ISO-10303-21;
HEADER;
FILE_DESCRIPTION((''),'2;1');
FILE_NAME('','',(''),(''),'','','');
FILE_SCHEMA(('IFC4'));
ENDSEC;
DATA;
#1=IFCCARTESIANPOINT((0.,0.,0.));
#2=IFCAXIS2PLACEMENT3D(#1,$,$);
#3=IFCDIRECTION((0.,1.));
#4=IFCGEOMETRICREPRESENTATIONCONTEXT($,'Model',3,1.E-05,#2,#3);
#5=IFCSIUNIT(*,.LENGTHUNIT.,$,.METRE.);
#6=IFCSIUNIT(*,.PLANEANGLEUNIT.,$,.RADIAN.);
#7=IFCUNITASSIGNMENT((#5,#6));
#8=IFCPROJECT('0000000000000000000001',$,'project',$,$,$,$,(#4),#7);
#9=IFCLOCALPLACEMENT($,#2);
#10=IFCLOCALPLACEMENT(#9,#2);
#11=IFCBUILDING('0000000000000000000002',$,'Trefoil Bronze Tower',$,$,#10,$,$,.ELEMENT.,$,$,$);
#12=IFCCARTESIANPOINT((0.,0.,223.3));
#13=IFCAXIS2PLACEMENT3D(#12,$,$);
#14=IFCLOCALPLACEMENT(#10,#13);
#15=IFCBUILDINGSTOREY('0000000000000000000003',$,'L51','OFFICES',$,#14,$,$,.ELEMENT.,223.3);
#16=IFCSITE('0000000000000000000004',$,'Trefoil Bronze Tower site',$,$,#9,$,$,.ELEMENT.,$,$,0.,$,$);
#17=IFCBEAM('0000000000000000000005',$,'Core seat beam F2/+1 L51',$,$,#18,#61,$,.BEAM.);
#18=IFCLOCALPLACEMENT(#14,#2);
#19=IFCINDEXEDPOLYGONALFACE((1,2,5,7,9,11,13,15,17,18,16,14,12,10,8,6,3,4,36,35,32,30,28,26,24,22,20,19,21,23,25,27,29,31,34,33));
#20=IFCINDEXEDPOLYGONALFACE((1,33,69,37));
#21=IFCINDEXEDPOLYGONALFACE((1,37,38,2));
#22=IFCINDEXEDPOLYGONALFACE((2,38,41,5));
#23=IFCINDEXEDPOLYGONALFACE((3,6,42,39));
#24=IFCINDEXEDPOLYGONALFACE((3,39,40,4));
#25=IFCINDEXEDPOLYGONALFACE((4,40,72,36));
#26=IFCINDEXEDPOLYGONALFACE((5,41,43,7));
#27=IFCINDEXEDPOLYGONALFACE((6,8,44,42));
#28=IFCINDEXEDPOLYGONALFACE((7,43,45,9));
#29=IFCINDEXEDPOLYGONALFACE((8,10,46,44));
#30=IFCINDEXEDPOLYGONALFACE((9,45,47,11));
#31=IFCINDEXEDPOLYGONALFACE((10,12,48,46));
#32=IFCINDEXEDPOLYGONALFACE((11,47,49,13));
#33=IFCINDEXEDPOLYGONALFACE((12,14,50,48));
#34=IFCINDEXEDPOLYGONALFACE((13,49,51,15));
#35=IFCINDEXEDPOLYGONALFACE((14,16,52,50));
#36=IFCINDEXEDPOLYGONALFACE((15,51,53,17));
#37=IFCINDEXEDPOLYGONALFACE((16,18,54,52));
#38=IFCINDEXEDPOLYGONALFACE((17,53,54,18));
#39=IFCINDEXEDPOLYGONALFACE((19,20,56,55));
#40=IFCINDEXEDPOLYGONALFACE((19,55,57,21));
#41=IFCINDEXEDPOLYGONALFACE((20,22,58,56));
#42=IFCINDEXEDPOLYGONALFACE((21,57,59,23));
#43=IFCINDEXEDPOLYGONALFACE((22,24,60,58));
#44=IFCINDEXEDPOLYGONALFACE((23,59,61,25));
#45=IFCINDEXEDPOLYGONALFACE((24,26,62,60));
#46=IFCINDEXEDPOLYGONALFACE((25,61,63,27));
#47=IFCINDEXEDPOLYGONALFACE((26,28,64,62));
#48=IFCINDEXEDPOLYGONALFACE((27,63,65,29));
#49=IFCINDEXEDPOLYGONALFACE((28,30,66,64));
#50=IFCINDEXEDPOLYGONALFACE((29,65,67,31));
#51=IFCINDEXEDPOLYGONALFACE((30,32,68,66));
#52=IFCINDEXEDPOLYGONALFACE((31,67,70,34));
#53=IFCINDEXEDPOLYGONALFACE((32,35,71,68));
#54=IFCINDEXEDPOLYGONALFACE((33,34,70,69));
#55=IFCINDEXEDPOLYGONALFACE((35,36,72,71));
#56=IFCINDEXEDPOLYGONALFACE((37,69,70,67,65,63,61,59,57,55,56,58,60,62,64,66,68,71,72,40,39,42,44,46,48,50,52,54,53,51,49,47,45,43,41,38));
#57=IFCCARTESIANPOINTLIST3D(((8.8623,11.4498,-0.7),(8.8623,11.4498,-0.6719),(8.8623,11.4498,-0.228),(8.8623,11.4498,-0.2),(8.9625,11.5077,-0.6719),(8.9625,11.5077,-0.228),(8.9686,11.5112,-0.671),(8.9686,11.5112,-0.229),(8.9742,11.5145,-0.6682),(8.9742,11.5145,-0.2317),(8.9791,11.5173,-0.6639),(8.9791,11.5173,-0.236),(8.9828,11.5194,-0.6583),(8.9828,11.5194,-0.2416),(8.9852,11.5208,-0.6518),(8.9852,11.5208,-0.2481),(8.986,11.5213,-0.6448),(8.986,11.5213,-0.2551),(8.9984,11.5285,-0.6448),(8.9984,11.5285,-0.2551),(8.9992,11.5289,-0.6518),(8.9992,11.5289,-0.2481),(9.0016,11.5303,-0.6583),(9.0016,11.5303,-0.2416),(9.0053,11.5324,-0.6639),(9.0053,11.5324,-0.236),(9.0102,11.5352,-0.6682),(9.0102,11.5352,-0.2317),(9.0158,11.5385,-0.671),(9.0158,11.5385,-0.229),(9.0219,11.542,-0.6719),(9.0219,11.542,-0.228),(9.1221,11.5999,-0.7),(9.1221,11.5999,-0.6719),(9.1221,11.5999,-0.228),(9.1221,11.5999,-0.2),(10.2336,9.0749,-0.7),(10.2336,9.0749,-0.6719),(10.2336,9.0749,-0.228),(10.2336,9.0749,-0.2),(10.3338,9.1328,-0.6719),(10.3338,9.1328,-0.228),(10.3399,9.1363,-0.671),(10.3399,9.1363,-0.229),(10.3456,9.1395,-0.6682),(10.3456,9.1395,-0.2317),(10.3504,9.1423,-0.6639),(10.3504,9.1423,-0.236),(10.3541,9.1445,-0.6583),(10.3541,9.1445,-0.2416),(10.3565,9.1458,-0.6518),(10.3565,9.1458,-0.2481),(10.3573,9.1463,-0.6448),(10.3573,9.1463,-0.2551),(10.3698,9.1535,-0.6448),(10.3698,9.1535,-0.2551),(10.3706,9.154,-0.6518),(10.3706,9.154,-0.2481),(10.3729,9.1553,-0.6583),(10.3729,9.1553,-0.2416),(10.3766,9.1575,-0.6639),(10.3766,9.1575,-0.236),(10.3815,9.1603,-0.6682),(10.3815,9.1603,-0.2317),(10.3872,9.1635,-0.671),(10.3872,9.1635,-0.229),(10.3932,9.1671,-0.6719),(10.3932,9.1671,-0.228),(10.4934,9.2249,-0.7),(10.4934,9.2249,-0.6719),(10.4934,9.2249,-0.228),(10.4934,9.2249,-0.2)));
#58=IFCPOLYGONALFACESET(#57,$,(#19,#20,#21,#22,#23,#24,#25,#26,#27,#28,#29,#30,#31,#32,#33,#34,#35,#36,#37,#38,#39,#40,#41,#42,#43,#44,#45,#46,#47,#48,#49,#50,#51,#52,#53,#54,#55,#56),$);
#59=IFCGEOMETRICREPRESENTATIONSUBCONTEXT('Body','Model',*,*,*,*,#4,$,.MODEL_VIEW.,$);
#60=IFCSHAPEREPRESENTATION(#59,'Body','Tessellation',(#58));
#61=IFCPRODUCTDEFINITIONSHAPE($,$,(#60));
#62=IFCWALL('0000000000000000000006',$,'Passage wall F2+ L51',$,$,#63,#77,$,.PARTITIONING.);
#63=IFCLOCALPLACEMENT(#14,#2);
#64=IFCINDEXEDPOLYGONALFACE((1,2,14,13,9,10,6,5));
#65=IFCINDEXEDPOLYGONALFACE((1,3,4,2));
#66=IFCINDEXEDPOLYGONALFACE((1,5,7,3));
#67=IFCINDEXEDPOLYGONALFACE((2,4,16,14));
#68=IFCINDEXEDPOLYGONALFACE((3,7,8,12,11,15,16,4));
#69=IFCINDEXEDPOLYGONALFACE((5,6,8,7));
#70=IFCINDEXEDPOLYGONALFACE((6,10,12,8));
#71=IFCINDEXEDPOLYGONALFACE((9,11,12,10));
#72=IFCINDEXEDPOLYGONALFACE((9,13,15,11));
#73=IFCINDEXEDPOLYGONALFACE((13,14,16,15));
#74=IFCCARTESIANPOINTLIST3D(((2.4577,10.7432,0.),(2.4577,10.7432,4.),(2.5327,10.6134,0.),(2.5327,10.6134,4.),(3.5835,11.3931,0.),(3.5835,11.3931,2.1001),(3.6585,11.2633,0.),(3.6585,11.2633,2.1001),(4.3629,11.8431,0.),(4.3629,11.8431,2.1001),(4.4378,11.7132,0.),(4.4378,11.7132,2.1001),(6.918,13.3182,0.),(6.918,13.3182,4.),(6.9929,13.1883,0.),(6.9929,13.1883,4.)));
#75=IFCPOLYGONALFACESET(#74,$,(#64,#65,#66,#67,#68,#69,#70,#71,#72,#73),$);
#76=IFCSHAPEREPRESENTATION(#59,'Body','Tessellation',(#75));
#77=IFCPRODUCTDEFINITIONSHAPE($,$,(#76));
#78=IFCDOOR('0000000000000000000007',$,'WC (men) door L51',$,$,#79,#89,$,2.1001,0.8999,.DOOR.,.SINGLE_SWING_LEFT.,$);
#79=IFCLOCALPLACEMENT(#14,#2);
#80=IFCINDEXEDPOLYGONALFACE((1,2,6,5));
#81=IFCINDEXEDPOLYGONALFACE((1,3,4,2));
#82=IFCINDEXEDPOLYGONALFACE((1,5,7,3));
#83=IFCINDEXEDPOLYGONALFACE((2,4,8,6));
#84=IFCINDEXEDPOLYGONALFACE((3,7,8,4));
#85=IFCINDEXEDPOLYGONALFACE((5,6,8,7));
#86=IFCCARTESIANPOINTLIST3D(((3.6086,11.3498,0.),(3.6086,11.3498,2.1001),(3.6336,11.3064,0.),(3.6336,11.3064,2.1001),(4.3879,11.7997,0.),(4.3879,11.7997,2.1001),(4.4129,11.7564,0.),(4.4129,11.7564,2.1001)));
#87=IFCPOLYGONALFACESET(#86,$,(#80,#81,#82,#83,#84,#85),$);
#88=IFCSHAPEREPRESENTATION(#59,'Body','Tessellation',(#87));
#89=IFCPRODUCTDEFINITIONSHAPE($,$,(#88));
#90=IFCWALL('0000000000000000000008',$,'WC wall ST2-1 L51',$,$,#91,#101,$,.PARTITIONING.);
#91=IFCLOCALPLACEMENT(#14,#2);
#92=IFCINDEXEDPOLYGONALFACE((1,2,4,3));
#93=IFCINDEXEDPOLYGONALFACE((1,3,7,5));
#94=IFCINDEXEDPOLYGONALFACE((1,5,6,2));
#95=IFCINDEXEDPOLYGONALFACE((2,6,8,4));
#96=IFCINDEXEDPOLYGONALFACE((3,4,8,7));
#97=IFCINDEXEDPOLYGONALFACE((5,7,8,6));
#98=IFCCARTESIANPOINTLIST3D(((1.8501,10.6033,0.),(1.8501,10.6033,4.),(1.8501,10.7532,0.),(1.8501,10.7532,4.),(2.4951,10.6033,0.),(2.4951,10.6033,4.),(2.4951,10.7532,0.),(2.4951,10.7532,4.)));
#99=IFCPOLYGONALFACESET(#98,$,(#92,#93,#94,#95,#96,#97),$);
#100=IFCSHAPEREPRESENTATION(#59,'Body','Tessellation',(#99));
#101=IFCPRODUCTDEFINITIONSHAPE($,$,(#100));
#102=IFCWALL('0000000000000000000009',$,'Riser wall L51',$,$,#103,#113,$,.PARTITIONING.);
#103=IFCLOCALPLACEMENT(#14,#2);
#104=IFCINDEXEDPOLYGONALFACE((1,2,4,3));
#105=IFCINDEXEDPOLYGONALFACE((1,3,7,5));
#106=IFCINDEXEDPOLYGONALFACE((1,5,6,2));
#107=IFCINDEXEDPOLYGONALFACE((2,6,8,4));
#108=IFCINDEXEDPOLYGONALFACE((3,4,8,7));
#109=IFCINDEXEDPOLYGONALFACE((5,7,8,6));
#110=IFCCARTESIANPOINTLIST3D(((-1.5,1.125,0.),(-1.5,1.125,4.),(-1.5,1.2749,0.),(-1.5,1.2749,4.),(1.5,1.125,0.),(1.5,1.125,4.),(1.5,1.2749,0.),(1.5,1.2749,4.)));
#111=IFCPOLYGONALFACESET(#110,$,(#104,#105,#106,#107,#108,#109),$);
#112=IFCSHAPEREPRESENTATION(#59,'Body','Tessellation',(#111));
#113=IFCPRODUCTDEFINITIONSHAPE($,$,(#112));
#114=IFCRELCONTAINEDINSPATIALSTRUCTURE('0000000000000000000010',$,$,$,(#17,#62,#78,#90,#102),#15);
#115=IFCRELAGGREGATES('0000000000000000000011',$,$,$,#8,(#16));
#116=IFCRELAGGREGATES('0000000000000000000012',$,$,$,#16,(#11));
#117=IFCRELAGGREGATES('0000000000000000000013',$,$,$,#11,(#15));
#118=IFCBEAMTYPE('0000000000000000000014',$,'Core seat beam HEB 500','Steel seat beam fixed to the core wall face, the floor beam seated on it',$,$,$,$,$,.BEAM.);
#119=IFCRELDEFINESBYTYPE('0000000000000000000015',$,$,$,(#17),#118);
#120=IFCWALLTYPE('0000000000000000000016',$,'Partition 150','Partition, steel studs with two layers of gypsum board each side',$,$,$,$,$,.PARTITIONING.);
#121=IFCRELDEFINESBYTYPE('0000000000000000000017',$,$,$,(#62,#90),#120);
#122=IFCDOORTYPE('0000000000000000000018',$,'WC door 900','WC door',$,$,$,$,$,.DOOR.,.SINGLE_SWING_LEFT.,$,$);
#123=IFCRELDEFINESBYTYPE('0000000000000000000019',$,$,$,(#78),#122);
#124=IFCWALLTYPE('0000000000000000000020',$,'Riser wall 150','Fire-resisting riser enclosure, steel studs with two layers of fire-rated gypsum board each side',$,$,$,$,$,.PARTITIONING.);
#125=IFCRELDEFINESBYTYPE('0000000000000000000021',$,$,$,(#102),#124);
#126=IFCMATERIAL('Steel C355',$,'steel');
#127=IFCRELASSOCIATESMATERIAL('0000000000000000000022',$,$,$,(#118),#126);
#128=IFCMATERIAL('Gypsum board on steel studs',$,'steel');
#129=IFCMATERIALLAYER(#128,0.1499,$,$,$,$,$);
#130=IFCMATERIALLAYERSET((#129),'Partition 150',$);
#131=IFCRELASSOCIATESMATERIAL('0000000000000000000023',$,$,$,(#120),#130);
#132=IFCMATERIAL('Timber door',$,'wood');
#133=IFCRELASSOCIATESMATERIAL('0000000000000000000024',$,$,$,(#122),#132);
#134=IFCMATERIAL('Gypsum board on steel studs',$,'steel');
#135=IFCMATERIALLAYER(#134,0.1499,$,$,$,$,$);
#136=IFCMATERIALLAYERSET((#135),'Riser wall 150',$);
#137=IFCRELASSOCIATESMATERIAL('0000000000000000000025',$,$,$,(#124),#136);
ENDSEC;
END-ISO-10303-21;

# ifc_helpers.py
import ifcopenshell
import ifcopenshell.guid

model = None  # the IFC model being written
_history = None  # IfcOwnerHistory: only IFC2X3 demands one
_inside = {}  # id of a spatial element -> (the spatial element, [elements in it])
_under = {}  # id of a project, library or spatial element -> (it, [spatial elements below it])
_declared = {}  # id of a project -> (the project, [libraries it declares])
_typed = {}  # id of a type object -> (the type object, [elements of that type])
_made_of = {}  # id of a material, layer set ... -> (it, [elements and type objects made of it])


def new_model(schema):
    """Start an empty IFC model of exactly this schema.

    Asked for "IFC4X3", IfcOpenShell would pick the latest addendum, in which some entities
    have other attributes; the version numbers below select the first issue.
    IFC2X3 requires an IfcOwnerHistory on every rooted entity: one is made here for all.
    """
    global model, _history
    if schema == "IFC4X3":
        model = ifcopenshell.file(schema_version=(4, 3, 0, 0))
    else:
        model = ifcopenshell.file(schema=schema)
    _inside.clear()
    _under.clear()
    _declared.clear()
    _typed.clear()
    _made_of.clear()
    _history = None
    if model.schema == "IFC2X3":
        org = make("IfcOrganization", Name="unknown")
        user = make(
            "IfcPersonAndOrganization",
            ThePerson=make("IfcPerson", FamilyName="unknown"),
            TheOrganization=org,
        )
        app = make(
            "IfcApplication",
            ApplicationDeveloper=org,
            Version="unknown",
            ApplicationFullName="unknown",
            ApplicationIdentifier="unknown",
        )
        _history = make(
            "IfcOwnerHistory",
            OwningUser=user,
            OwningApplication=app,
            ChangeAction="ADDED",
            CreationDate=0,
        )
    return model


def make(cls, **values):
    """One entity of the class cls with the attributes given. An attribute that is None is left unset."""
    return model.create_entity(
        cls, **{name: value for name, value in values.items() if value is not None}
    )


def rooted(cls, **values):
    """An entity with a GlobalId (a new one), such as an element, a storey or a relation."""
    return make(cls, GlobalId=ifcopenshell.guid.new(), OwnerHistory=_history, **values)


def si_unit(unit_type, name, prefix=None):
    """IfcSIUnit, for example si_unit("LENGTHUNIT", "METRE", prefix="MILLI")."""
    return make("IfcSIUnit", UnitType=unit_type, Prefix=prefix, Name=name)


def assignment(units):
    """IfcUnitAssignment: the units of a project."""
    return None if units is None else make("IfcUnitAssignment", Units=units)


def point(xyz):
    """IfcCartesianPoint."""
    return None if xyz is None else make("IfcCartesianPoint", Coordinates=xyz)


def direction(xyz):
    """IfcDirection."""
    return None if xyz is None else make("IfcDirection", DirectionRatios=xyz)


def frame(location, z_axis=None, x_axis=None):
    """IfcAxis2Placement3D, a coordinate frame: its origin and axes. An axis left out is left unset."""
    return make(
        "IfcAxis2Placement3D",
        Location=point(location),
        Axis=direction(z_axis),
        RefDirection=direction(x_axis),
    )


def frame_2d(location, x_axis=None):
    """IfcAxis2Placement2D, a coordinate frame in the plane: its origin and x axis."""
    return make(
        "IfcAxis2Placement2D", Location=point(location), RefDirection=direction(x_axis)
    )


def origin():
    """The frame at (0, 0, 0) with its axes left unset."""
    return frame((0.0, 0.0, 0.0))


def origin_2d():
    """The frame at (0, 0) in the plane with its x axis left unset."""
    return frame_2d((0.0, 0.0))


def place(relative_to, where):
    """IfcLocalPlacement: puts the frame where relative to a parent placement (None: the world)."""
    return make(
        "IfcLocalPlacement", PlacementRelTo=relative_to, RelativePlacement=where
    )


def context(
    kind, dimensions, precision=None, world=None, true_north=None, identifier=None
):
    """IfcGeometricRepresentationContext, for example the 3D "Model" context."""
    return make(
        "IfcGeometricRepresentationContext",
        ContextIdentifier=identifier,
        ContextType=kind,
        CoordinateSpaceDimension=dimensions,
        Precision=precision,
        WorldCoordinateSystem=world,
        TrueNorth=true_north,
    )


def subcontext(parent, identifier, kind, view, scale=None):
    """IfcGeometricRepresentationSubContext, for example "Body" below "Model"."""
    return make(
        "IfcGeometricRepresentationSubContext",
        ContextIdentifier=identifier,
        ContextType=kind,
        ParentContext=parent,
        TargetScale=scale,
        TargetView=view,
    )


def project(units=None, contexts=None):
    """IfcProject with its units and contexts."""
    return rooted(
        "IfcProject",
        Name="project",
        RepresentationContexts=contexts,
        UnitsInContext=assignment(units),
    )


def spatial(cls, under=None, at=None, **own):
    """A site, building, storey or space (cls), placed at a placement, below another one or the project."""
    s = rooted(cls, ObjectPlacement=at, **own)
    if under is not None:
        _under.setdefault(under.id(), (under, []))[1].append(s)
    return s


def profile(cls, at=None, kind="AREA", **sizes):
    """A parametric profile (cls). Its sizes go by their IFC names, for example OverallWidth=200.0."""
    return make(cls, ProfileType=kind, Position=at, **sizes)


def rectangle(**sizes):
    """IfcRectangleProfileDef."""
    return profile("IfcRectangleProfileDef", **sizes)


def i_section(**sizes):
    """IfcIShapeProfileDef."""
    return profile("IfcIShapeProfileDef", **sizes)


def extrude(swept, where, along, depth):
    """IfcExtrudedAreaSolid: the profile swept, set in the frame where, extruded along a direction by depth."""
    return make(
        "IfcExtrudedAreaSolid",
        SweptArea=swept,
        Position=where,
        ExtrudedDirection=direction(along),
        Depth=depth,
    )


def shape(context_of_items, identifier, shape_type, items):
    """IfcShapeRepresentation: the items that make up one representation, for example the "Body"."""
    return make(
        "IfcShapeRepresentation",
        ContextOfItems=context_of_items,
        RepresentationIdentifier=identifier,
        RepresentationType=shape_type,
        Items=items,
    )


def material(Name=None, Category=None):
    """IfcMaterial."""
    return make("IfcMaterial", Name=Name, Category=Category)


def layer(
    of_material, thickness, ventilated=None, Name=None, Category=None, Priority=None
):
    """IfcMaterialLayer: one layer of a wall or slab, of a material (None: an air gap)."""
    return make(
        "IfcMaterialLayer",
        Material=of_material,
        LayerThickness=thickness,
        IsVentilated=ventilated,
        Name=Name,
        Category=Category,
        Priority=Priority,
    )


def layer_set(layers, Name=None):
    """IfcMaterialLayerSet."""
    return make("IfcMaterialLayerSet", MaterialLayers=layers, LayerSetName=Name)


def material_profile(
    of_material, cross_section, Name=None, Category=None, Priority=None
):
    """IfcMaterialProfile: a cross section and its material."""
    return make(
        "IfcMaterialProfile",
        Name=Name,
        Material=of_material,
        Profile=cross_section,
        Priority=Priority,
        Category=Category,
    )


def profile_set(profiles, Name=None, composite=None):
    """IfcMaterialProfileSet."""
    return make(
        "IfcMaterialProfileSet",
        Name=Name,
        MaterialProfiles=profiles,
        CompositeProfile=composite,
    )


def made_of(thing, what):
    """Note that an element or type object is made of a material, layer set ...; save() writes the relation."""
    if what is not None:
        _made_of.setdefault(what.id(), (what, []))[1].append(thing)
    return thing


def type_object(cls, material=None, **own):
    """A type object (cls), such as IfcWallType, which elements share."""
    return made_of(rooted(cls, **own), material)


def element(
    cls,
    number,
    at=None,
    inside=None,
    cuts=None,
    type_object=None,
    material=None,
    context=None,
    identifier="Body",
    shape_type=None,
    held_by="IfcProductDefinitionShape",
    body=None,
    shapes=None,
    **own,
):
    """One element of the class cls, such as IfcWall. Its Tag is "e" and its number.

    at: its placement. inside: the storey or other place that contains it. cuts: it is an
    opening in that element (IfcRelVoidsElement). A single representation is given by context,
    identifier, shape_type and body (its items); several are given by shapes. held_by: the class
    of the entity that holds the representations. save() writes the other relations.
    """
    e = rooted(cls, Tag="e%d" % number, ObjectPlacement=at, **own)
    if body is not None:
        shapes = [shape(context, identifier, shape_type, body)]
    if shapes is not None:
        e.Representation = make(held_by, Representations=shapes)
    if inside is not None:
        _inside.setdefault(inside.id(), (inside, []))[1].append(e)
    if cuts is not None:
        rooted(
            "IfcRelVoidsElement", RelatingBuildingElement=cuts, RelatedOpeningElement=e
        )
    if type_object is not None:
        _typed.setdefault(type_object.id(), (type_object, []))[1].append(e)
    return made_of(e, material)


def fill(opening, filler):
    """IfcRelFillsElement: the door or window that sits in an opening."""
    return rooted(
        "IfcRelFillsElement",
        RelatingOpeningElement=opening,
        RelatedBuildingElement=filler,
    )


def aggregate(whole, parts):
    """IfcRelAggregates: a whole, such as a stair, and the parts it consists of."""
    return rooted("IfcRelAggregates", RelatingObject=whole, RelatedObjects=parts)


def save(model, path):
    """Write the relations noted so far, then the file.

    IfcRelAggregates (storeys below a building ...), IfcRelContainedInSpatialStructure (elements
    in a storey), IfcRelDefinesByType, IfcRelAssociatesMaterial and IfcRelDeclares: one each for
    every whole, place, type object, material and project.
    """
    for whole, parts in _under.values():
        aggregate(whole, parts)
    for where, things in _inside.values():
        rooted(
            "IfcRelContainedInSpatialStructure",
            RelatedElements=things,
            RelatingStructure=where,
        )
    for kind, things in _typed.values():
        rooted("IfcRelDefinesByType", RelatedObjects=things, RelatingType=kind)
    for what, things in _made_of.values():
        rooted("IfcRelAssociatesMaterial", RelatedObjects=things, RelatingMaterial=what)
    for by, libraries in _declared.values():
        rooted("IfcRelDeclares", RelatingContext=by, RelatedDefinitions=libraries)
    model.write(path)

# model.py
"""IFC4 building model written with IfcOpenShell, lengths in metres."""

from ifc_helpers import new_model, si_unit, direction, frame, frame_2d, origin, origin_2d, place, context, subcontext, project, spatial, rectangle, i_section, extrude, material, layer, layer_set, material_profile, profile_set, type_object, element, fill, save


model = new_model("IFC4")

# Units and contexts
model_context = context("Model", 3, precision=1e-05, world=origin(), true_north=direction((0.0, 1.0)))
body_context = subcontext(model_context, "Body", "Model", "MODEL_VIEW")
ifc_project = project(units=[si_unit("LENGTHUNIT", "METRE"), si_unit("PLANEANGLEUNIT", "RADIAN")], contexts=[model_context])

# Site, building, storey
site_placement = place(None, origin())
site = spatial("IfcSite", under=ifc_project, at=site_placement, Name="Trefoil Bronze Tower site", CompositionType="ELEMENT", RefElevation=0.0)
building_placement = place(site_placement, origin())
building = spatial("IfcBuilding", under=site, at=building_placement, Name="Trefoil Bronze Tower", CompositionType="ELEMENT")
storey_placement = place(building_placement, frame((0.0, 0.0, 223.3)))
storey = spatial("IfcBuildingStorey", under=building, at=storey_placement, Name="L51", Description="OFFICES", CompositionType="ELEMENT", Elevation=223.3)

# Beam
ifc_material_1 = material(Name="Steel C355", Category="steel")
ifc_material_profile = material_profile(ifc_material_1, i_section(OverallWidth=0.3, OverallDepth=0.5, WebThickness=0.0144, FlangeThickness=0.0281, FilletRadius=0.0271, at=origin_2d()), Name="HEB 500")
ifc_profile_set = profile_set([ifc_material_profile], Name="Steel C355")
beam_type = type_object("IfcBeamType", Name="Core seat beam HEB 500", Description="Steel seat beam fixed to the core wall face, the floor beam seated on it", PredefinedType="BEAM", material=ifc_profile_set)
beam_placement = place(storey_placement, frame((10.3635, 9.1499, -0.45), z_axis=(-0.500036, 0.866005, 0.0), x_axis=(-0.866005, -0.500036, 0.0)))
element("IfcBeam", 1, at=beam_placement, inside=storey, type_object=beam_type, Name="Core seat beam F2/+1 L51", PredefinedType="BEAM", context=body_context, shape_type="SweptSolid", body=[
    extrude(i_section(OverallWidth=0.3, OverallDepth=0.5, WebThickness=0.0144, FlangeThickness=0.0281, FilletRadius=0.0271, at=origin_2d()), origin(), (0.0, 0.0, 1.0), 2.7424),
])

# Wall, opening, door
ifc_material_2 = material(Name="Gypsum board on steel studs", Category="steel")
ifc_layer_1 = layer(ifc_material_2, 0.1499)
ifc_layer_set_1 = layer_set([ifc_layer_1], Name="Partition 150")
wall_type_1 = type_object("IfcWallType", Name="Partition 150", Description="Partition, steel studs with two layers of gypsum board each side", PredefinedType="PARTITIONING", material=ifc_layer_set_1)
wall_1_placement = place(storey_placement, frame((2.4951, 10.6782, 0.0), z_axis=(0.0, 0.0, 1.0), x_axis=(0.866038, 0.499978, 0.0)))
wall_1 = element("IfcWall", 2, at=wall_1_placement, inside=storey, type_object=wall_type_1, Name="Passage wall F2+ L51", PredefinedType="PARTITIONING", context=body_context, shape_type="SweptSolid", body=[
    extrude(rectangle(XDim=5.1501, YDim=0.1499, at=frame_2d((2.5752, 0.0))), origin(), (0.0, 0.0, 1.0), 4.0),
])
opening_1_placement = place(wall_1_placement, frame((1.3, 0.0, 0.0)))
opening_1 = element("IfcOpeningElement", 3, at=opening_1_placement, cuts=wall_1, PredefinedType="OPENING", context=body_context, shape_type="SweptSolid", body=[
    extrude(rectangle(XDim=0.8999, YDim=2.1001, at=frame_2d((0.45, 1.05))), frame((0.0, 0.085, 0.0), z_axis=(0.0, -1.0, 0.0), x_axis=(1.0, 0.0, 0.0)), (0.0, 0.0, 1.0), 0.1699),
])
ifc_material_3 = material(Name="Timber door", Category="wood")
door_type_1 = type_object("IfcDoorType", Name="WC door 900", Description="WC door", OperationType="SINGLE_SWING_LEFT", PredefinedType="DOOR", material=ifc_material_3)
door_1_placement = place(opening_1_placement, origin())
door_1 = element("IfcDoor", 4, at=door_1_placement, inside=storey, type_object=door_type_1, Name="WC (men) door L51", OperationType="SINGLE_SWING_LEFT", OverallHeight=2.1001, OverallWidth=0.8999, PredefinedType="DOOR", context=body_context, shape_type="SweptSolid", body=[
    extrude(rectangle(XDim=0.8999, YDim=2.1001, at=frame_2d((0.45, 1.05))), frame((0.0, 0.0249, 0.0), z_axis=(0.0, -1.0, 0.0), x_axis=(1.0, 0.0, 0.0)), (0.0, 0.0, 1.0), 0.05),
])
fill(opening_1, door_1)

# Walls
wall_2_placement = place(storey_placement, frame((2.4951, 10.6782, 0.0), z_axis=(0.0, 0.0, 1.0), x_axis=(-1.0, 0.0, 0.0)))
element("IfcWall", 5, at=wall_2_placement, inside=storey, type_object=wall_type_1, Name="WC wall ST2-1 L51", PredefinedType="PARTITIONING", context=body_context, shape_type="SweptSolid", body=[
    extrude(rectangle(XDim=0.645, YDim=0.1499, at=frame_2d((0.3225, 0.0))), origin(), (0.0, 0.0, 1.0), 4.0),
])
ifc_material_4 = material(Name="Gypsum board on steel studs", Category="steel")
ifc_layer_2 = layer(ifc_material_4, 0.1499)
ifc_layer_set_2 = layer_set([ifc_layer_2], Name="Riser wall 150")
wall_type_2 = type_object("IfcWallType", Name="Riser wall 150", Description="Fire-resisting riser enclosure, steel studs with two layers of fire-rated gypsum board each side", PredefinedType="PARTITIONING", material=ifc_layer_set_2)
wall_3_placement = place(storey_placement, frame((1.5, 1.2, 0.0), z_axis=(0.0, 0.0, 1.0), x_axis=(-1.0, 0.0, 0.0)))
element("IfcWall", 6, at=wall_3_placement, inside=storey, type_object=wall_type_2, Name="Riser wall L51", PredefinedType="PARTITIONING", context=body_context, shape_type="SweptSolid", body=[
    extrude(rectangle(XDim=3.0, YDim=0.1499, at=frame_2d((1.5, 0.0))), origin(), (0.0, 0.0, 1.0), 4.0),
])

save(model, "model.ifc")
